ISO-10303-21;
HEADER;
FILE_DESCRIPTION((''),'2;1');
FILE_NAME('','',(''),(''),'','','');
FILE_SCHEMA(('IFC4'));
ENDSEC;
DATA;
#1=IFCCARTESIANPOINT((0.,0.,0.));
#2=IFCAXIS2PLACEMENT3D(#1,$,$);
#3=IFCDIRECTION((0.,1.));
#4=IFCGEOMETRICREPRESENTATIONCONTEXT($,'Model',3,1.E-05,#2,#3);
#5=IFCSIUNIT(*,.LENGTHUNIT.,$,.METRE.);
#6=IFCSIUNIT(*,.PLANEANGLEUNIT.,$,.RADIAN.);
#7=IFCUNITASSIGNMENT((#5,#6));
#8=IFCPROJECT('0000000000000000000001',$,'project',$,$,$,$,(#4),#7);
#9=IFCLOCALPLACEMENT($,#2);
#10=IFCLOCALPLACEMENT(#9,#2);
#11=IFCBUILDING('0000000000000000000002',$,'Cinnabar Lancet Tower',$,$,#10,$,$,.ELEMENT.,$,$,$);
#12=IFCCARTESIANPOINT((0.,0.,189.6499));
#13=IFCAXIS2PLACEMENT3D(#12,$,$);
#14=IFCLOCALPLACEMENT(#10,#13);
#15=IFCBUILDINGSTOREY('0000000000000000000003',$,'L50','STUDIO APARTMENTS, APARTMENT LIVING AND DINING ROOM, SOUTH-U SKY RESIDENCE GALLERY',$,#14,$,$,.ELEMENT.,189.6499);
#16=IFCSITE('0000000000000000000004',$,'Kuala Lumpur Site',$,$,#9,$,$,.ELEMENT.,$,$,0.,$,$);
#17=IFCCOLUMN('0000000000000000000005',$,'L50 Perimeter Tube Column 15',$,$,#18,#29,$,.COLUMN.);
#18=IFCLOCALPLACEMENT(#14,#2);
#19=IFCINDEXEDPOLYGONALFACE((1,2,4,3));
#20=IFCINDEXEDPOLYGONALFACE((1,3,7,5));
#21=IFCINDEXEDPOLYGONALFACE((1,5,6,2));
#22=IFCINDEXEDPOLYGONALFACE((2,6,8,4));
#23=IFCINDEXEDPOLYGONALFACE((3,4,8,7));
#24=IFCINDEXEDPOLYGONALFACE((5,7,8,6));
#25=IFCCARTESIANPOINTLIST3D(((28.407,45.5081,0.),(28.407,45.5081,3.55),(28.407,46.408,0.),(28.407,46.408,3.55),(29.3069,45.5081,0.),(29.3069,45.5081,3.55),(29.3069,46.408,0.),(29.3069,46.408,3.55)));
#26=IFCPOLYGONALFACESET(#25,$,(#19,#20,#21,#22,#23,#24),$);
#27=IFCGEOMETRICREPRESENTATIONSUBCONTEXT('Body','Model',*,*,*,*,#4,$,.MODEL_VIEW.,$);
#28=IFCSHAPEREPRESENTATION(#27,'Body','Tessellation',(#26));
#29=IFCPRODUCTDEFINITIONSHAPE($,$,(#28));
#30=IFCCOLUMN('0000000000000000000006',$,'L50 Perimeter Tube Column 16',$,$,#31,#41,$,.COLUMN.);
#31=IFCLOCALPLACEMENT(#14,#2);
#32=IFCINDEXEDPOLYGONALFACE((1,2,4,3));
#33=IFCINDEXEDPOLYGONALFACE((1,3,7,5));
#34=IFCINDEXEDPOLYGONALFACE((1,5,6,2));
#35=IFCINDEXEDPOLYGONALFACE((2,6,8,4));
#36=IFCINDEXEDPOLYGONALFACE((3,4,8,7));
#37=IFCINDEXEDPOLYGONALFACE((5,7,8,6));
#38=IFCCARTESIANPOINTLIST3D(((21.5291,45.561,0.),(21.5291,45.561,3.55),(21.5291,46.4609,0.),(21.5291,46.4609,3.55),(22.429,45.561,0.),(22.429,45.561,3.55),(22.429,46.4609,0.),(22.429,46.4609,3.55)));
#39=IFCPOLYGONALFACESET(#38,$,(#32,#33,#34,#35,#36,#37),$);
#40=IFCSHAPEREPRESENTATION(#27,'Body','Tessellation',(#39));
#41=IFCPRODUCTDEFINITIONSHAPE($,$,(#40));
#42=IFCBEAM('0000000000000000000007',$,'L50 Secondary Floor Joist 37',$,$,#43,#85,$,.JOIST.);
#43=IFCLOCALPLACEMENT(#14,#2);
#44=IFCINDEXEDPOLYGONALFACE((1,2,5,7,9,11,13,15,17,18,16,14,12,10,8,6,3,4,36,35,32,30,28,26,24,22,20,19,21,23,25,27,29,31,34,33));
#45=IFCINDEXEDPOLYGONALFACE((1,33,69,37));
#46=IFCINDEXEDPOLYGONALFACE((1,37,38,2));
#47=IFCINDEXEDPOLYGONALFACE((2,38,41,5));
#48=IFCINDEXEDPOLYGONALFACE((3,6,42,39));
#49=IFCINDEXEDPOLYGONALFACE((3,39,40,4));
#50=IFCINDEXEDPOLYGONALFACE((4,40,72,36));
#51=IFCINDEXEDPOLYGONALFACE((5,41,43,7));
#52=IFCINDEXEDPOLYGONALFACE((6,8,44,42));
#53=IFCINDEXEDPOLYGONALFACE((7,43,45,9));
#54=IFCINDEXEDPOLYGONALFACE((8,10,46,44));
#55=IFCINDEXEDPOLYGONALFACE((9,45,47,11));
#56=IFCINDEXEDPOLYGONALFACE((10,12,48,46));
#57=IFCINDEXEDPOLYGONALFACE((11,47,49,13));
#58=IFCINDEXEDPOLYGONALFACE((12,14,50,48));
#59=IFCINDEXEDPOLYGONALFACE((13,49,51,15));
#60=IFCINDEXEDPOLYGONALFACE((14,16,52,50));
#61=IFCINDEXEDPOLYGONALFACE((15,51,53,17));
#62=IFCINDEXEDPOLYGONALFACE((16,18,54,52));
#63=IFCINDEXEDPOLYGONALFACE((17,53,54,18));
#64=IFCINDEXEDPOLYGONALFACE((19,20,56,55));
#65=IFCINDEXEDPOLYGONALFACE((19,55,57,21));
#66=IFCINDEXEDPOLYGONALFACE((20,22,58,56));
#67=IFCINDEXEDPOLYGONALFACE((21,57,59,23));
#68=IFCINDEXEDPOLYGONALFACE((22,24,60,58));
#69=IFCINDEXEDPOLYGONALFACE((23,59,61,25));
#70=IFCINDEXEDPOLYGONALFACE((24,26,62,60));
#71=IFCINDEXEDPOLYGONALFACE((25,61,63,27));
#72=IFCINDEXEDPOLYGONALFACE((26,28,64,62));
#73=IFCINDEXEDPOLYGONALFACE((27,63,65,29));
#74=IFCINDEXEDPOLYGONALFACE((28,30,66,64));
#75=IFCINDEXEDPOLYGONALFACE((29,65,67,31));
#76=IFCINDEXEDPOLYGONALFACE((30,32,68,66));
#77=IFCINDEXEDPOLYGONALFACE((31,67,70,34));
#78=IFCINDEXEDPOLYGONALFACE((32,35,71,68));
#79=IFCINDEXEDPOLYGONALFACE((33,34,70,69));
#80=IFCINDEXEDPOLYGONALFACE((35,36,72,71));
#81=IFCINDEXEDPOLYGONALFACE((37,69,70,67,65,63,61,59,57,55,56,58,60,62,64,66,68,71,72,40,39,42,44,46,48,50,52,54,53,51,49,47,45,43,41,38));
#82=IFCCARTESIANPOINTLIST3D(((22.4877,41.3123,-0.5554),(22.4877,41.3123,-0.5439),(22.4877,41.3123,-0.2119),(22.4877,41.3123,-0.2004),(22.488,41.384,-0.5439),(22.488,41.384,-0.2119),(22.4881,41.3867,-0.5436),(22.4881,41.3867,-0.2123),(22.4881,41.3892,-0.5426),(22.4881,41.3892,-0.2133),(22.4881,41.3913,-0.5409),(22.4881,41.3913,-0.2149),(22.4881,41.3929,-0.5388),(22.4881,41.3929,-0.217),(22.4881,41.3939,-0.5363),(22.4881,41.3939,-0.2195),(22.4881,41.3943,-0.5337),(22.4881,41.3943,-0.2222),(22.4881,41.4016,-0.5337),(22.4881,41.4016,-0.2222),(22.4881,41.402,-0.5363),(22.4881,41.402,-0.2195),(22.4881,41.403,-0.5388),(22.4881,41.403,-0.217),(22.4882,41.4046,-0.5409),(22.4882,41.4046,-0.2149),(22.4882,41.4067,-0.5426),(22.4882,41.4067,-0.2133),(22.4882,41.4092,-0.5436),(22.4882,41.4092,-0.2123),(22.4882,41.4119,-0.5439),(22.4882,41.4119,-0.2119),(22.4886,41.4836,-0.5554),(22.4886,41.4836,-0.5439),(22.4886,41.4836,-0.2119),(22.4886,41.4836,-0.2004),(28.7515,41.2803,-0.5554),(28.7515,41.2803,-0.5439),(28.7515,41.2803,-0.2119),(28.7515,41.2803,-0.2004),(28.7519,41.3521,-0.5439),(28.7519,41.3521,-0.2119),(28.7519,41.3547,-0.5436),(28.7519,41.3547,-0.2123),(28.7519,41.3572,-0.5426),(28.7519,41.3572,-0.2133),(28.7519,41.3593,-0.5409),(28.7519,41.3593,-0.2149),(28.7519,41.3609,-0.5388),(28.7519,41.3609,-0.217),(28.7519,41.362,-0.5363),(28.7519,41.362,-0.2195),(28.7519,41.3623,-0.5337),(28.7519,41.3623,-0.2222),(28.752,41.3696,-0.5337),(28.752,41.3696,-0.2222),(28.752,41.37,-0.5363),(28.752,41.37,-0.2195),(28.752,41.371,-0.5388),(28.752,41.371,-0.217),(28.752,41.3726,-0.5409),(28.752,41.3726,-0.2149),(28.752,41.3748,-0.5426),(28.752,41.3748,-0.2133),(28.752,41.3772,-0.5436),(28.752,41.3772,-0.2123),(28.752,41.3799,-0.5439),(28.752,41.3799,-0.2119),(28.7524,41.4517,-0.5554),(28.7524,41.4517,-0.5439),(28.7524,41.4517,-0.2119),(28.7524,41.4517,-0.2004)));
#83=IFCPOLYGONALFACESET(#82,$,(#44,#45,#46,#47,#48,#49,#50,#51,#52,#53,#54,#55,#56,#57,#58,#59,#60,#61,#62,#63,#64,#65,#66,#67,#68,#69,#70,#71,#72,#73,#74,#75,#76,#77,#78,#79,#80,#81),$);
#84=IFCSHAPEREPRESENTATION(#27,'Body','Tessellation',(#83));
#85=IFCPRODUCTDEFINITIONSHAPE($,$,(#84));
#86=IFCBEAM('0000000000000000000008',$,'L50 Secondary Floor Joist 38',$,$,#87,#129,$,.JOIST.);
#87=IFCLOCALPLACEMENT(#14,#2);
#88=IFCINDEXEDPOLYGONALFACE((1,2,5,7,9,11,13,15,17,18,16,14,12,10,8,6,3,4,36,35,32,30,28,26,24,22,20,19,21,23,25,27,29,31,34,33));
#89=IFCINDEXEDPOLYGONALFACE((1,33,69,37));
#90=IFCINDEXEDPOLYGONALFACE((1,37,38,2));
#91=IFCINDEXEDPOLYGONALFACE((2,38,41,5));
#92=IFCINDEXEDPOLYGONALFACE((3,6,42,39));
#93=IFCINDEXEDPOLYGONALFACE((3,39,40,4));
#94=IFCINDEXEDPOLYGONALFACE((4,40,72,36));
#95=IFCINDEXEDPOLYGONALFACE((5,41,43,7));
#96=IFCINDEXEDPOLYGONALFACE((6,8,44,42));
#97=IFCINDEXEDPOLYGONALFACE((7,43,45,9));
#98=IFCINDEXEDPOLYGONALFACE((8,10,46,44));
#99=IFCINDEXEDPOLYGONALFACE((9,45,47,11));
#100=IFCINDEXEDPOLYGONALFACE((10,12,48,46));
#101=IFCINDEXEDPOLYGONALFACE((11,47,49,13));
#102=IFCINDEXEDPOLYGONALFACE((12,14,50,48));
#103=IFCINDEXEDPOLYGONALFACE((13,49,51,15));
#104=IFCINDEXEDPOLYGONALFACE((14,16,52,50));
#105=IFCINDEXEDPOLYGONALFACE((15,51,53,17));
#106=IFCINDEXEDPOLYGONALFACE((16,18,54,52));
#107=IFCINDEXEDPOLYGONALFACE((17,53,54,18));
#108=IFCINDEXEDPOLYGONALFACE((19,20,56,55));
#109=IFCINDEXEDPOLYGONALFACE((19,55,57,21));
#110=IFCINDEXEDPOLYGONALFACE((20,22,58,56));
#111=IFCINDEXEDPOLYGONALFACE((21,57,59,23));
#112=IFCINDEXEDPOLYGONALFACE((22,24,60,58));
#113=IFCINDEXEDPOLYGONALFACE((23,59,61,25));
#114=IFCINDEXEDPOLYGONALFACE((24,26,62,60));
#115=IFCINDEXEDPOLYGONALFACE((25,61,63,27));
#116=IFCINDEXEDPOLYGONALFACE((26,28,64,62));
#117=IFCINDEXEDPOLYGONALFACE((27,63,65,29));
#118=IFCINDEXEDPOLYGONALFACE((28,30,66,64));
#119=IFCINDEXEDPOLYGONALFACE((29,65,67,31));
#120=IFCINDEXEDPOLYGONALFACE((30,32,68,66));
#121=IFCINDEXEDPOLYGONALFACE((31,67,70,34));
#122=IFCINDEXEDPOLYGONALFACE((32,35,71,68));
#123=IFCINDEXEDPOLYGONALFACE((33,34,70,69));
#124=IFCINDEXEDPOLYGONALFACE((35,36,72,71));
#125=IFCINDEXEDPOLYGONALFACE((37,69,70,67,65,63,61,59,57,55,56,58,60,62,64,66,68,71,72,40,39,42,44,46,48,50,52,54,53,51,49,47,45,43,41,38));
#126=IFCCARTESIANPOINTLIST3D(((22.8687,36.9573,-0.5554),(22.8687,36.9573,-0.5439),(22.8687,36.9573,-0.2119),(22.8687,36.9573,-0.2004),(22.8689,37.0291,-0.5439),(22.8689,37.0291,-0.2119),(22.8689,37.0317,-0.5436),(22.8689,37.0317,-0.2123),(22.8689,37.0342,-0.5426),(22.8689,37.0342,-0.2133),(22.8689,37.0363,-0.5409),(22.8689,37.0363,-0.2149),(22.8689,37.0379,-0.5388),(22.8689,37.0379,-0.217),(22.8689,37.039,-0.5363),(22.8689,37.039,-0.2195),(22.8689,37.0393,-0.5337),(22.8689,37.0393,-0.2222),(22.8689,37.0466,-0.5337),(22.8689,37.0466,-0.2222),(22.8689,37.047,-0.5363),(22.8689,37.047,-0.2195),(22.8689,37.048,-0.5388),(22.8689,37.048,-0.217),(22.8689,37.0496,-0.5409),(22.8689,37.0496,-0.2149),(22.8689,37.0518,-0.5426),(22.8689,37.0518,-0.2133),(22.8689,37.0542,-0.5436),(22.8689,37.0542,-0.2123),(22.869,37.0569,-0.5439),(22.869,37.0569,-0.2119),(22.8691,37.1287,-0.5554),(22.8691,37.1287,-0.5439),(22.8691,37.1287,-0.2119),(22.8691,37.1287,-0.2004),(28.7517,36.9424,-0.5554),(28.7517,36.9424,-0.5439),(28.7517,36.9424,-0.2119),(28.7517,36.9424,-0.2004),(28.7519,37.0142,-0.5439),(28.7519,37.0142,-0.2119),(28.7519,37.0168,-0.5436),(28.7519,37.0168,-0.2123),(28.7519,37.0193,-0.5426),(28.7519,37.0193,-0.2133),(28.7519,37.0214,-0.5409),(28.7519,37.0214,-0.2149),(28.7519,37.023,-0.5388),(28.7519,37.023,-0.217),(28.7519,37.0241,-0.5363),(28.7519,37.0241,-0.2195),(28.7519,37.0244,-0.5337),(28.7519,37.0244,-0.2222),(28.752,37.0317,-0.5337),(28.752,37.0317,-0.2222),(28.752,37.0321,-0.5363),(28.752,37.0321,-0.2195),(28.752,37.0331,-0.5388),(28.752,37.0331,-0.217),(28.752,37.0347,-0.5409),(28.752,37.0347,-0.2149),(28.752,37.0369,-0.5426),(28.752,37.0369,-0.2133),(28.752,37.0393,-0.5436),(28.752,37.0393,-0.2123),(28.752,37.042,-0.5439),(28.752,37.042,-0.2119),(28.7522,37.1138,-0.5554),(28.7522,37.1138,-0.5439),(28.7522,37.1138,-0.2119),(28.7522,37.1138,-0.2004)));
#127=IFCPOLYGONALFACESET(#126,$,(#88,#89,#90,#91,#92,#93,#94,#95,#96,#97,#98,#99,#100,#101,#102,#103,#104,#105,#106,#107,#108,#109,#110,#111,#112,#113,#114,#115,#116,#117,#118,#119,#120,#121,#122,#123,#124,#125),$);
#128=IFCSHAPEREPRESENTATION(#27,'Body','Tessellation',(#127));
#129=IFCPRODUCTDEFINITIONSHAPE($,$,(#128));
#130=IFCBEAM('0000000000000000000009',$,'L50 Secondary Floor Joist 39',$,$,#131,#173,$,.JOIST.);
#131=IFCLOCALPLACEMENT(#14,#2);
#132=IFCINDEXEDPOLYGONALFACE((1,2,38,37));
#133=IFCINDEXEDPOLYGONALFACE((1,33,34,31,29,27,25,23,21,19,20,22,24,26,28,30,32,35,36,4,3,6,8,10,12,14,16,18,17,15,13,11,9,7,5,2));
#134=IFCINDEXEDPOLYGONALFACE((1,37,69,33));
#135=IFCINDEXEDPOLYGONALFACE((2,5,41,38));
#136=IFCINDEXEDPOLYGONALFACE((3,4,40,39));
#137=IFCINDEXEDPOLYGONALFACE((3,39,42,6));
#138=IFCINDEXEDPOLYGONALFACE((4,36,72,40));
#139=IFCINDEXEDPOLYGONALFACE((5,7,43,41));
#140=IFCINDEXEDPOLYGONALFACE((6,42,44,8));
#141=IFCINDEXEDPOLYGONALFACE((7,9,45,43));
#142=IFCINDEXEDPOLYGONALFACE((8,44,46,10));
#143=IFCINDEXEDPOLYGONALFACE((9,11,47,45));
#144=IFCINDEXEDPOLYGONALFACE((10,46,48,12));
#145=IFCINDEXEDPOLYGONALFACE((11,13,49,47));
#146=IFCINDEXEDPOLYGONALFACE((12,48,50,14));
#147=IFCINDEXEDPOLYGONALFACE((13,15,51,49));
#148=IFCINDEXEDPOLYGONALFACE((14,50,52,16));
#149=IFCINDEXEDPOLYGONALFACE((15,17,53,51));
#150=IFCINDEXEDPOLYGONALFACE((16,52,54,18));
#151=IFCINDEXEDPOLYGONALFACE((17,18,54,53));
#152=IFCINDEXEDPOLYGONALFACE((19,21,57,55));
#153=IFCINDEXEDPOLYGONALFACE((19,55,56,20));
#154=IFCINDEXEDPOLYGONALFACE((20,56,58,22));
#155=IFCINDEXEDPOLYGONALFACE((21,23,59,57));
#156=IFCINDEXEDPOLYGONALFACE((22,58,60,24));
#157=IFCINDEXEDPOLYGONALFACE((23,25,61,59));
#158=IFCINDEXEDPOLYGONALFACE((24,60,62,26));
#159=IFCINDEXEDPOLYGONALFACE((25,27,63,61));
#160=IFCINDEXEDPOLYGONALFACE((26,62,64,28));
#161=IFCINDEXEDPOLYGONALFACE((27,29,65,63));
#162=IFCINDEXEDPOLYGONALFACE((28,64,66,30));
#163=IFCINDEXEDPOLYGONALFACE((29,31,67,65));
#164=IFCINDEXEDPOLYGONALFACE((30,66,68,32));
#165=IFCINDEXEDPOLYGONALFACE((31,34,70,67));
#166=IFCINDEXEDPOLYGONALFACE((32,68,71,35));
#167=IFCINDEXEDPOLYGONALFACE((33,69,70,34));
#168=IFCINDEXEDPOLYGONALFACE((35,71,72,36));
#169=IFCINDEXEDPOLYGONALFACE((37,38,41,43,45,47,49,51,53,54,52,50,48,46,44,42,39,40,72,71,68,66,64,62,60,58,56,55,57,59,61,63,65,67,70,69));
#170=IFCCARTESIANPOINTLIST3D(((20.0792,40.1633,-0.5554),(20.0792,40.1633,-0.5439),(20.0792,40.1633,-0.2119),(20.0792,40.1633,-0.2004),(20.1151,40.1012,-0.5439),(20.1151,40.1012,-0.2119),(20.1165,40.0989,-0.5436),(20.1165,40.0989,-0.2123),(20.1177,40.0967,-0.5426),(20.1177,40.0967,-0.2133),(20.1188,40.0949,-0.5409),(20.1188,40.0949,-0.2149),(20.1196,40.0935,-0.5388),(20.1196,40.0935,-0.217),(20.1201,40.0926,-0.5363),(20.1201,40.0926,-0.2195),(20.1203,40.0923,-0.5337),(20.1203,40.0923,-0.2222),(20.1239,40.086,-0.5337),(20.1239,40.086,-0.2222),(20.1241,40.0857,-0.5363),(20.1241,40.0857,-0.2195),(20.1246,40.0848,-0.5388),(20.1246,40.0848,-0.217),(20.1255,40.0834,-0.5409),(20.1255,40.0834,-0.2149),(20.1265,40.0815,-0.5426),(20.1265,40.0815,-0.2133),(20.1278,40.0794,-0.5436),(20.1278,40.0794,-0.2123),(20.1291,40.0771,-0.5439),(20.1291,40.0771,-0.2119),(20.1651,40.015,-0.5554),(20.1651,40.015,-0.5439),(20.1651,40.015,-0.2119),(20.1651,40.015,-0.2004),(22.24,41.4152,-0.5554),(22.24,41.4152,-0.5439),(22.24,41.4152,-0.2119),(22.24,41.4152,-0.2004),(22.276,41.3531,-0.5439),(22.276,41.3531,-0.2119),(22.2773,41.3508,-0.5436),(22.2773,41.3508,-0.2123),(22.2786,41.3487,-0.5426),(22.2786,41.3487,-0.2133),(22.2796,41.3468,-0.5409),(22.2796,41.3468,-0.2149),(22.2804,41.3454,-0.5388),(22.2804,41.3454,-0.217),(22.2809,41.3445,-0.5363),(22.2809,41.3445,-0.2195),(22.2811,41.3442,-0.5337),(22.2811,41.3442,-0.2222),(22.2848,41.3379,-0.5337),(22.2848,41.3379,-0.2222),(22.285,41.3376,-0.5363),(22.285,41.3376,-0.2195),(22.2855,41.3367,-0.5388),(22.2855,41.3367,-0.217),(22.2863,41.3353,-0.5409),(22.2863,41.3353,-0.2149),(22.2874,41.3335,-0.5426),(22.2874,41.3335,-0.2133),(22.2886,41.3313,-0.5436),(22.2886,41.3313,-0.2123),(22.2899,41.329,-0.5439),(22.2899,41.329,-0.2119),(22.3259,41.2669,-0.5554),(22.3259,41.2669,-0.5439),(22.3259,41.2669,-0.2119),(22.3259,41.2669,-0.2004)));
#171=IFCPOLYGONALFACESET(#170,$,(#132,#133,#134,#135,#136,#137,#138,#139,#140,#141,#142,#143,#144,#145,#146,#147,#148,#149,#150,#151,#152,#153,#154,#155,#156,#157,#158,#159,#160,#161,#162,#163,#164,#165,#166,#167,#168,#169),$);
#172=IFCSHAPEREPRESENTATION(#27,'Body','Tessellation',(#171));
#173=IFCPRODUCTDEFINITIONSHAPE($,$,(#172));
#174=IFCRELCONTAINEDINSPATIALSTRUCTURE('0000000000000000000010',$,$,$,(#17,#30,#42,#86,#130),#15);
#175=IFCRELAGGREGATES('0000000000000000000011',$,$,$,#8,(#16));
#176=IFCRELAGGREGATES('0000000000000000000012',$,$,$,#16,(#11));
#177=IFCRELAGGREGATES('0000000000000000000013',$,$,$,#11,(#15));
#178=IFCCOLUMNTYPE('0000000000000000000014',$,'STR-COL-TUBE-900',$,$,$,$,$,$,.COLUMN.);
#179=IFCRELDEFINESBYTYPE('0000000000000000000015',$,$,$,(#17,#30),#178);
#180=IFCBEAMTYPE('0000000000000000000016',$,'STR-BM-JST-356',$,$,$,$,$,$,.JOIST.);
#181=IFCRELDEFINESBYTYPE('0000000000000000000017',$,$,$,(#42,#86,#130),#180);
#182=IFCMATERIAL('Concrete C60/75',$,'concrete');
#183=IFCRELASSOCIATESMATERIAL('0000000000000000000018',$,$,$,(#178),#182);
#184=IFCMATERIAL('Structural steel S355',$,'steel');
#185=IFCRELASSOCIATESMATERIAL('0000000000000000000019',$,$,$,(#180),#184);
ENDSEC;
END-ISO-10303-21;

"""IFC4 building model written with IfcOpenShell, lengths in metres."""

from ifc_helpers import new_model, si_unit, direction, frame, origin, origin_2d, place, context, subcontext, project, spatial, rectangle, i_section, extrude, material, material_profile, profile_set, type_object, element, save


model = new_model("IFC4")

# Units and contexts
model_context = context("Model", 3, precision=1e-05, world=origin(), true_north=direction((0.0, 1.0)))
body_context = subcontext(model_context, "Body", "Model", "MODEL_VIEW")
ifc_project = project(units=[si_unit("LENGTHUNIT", "METRE"), si_unit("PLANEANGLEUNIT", "RADIAN")], contexts=[model_context])

# Site, building, storey
site_placement = place(None, origin())
site = spatial("IfcSite", under=ifc_project, at=site_placement, Name="Kuala Lumpur Site", CompositionType="ELEMENT", RefElevation=0.0)
building_placement = place(site_placement, origin())
building = spatial("IfcBuilding", under=site, at=building_placement, Name="Cinnabar Lancet Tower", CompositionType="ELEMENT")
storey_placement = place(building_placement, frame((0.0, 0.0, 189.6499)))
storey = spatial("IfcBuildingStorey", under=building, at=storey_placement, Name="L50", Description="STUDIO APARTMENTS, APARTMENT LIVING AND DINING ROOM, SOUTH-U SKY RESIDENCE GALLERY", CompositionType="ELEMENT", Elevation=189.6499)

# Columns
ifc_material_1 = material(Name="Concrete C60/75", Category="concrete")
ifc_material_profile_1 = material_profile(ifc_material_1, rectangle(XDim=0.8999, YDim=0.8999, at=origin_2d()), Name="RC-COL 900x900")
ifc_profile_set_1 = profile_set([ifc_material_profile_1], Name="Concrete C60/75")
column_type = type_object("IfcColumnType", Name="STR-COL-TUBE-900", PredefinedType="COLUMN", material=ifc_profile_set_1)
for number, where, z_axis, x_axis, name in (
    (1, (28.8569, 45.958, 0.0), (0.0, 0.0, 1.0), (1.0, 0.0, 0.0), "L50 Perimeter Tube Column 15"),
    (2, (21.979, 46.011, 0.0), (0.0, 0.0, 1.0), (1.0, 0.0, 0.0), "L50 Perimeter Tube Column 16"),
):
    element("IfcColumn", number, at=place(storey_placement, frame(where, z_axis=z_axis, x_axis=x_axis)), inside=storey, type_object=column_type, Name=name, PredefinedType="COLUMN", context=body_context, shape_type="SweptSolid", body=[
        extrude(rectangle(XDim=0.8999, YDim=0.8999, at=origin_2d()), origin(), (0.0, 0.0, 1.0), 3.55),
    ])

# Beams
ifc_material_2 = material(Name="Structural steel S355", Category="steel")
ifc_material_profile_2 = material_profile(ifc_material_2, i_section(OverallWidth=0.1714, OverallDepth=0.355, WebThickness=0.0073, FlangeThickness=0.0115, FilletRadius=0.0103, at=origin_2d()), Name="UKB 356x171x51")
ifc_profile_set_2 = profile_set([ifc_material_profile_2], Name="Structural steel S355")
beam_type_1 = type_object("IfcBeamType", Name="STR-BM-JST-356", PredefinedType="JOIST", material=ifc_profile_set_2)
beam_1_placement = place(storey_placement, frame((28.752, 41.366, -0.3779), z_axis=(-0.999987, 0.005106, 0.0), x_axis=(-0.005106, -0.999987, 0.0)))
element("IfcBeam", 3, at=beam_1_placement, inside=storey, type_object=beam_type_1, Name="L50 Secondary Floor Joist 37", PredefinedType="JOIST", context=body_context, shape_type="SweptSolid", body=[
    extrude(i_section(OverallWidth=0.1714, OverallDepth=0.355, WebThickness=0.0073, FlangeThickness=0.0115, FilletRadius=0.0103, at=origin_2d()), origin(), (0.0, 0.0, 1.0), 6.2639),
])
beam_2_placement = place(storey_placement, frame((28.752, 37.0281, -0.3779), z_axis=(-0.999997, 0.002531, 0.0), x_axis=(-0.002531, -0.999997, 0.0)))
element("IfcBeam", 4, at=beam_2_placement, inside=storey, type_object=beam_type_1, Name="L50 Secondary Floor Joist 38", PredefinedType="JOIST", context=body_context, shape_type="SweptSolid", body=[
    extrude(i_section(OverallWidth=0.1714, OverallDepth=0.355, WebThickness=0.0073, FlangeThickness=0.0115, FilletRadius=0.0103, at=origin_2d()), origin(), (0.0, 0.0, 1.0), 5.8831),
])
beam_3_placement = place(storey_placement, frame((22.283, 41.3411, -0.3779), z_axis=(-0.865268, -0.50131, 0.0), x_axis=(0.50131, -0.865268, 0.0)))
element("IfcBeam", 5, at=beam_3_placement, inside=storey, type_object=beam_type_1, Name="L50 Secondary Floor Joist 39", PredefinedType="JOIST", context=body_context, shape_type="SweptSolid", body=[
    extrude(i_section(OverallWidth=0.1714, OverallDepth=0.355, WebThickness=0.0073, FlangeThickness=0.0115, FilletRadius=0.0103, at=origin_2d()), origin(), (0.0, 0.0, 1.0), 2.4973),
])

save(model, "model.ifc")
